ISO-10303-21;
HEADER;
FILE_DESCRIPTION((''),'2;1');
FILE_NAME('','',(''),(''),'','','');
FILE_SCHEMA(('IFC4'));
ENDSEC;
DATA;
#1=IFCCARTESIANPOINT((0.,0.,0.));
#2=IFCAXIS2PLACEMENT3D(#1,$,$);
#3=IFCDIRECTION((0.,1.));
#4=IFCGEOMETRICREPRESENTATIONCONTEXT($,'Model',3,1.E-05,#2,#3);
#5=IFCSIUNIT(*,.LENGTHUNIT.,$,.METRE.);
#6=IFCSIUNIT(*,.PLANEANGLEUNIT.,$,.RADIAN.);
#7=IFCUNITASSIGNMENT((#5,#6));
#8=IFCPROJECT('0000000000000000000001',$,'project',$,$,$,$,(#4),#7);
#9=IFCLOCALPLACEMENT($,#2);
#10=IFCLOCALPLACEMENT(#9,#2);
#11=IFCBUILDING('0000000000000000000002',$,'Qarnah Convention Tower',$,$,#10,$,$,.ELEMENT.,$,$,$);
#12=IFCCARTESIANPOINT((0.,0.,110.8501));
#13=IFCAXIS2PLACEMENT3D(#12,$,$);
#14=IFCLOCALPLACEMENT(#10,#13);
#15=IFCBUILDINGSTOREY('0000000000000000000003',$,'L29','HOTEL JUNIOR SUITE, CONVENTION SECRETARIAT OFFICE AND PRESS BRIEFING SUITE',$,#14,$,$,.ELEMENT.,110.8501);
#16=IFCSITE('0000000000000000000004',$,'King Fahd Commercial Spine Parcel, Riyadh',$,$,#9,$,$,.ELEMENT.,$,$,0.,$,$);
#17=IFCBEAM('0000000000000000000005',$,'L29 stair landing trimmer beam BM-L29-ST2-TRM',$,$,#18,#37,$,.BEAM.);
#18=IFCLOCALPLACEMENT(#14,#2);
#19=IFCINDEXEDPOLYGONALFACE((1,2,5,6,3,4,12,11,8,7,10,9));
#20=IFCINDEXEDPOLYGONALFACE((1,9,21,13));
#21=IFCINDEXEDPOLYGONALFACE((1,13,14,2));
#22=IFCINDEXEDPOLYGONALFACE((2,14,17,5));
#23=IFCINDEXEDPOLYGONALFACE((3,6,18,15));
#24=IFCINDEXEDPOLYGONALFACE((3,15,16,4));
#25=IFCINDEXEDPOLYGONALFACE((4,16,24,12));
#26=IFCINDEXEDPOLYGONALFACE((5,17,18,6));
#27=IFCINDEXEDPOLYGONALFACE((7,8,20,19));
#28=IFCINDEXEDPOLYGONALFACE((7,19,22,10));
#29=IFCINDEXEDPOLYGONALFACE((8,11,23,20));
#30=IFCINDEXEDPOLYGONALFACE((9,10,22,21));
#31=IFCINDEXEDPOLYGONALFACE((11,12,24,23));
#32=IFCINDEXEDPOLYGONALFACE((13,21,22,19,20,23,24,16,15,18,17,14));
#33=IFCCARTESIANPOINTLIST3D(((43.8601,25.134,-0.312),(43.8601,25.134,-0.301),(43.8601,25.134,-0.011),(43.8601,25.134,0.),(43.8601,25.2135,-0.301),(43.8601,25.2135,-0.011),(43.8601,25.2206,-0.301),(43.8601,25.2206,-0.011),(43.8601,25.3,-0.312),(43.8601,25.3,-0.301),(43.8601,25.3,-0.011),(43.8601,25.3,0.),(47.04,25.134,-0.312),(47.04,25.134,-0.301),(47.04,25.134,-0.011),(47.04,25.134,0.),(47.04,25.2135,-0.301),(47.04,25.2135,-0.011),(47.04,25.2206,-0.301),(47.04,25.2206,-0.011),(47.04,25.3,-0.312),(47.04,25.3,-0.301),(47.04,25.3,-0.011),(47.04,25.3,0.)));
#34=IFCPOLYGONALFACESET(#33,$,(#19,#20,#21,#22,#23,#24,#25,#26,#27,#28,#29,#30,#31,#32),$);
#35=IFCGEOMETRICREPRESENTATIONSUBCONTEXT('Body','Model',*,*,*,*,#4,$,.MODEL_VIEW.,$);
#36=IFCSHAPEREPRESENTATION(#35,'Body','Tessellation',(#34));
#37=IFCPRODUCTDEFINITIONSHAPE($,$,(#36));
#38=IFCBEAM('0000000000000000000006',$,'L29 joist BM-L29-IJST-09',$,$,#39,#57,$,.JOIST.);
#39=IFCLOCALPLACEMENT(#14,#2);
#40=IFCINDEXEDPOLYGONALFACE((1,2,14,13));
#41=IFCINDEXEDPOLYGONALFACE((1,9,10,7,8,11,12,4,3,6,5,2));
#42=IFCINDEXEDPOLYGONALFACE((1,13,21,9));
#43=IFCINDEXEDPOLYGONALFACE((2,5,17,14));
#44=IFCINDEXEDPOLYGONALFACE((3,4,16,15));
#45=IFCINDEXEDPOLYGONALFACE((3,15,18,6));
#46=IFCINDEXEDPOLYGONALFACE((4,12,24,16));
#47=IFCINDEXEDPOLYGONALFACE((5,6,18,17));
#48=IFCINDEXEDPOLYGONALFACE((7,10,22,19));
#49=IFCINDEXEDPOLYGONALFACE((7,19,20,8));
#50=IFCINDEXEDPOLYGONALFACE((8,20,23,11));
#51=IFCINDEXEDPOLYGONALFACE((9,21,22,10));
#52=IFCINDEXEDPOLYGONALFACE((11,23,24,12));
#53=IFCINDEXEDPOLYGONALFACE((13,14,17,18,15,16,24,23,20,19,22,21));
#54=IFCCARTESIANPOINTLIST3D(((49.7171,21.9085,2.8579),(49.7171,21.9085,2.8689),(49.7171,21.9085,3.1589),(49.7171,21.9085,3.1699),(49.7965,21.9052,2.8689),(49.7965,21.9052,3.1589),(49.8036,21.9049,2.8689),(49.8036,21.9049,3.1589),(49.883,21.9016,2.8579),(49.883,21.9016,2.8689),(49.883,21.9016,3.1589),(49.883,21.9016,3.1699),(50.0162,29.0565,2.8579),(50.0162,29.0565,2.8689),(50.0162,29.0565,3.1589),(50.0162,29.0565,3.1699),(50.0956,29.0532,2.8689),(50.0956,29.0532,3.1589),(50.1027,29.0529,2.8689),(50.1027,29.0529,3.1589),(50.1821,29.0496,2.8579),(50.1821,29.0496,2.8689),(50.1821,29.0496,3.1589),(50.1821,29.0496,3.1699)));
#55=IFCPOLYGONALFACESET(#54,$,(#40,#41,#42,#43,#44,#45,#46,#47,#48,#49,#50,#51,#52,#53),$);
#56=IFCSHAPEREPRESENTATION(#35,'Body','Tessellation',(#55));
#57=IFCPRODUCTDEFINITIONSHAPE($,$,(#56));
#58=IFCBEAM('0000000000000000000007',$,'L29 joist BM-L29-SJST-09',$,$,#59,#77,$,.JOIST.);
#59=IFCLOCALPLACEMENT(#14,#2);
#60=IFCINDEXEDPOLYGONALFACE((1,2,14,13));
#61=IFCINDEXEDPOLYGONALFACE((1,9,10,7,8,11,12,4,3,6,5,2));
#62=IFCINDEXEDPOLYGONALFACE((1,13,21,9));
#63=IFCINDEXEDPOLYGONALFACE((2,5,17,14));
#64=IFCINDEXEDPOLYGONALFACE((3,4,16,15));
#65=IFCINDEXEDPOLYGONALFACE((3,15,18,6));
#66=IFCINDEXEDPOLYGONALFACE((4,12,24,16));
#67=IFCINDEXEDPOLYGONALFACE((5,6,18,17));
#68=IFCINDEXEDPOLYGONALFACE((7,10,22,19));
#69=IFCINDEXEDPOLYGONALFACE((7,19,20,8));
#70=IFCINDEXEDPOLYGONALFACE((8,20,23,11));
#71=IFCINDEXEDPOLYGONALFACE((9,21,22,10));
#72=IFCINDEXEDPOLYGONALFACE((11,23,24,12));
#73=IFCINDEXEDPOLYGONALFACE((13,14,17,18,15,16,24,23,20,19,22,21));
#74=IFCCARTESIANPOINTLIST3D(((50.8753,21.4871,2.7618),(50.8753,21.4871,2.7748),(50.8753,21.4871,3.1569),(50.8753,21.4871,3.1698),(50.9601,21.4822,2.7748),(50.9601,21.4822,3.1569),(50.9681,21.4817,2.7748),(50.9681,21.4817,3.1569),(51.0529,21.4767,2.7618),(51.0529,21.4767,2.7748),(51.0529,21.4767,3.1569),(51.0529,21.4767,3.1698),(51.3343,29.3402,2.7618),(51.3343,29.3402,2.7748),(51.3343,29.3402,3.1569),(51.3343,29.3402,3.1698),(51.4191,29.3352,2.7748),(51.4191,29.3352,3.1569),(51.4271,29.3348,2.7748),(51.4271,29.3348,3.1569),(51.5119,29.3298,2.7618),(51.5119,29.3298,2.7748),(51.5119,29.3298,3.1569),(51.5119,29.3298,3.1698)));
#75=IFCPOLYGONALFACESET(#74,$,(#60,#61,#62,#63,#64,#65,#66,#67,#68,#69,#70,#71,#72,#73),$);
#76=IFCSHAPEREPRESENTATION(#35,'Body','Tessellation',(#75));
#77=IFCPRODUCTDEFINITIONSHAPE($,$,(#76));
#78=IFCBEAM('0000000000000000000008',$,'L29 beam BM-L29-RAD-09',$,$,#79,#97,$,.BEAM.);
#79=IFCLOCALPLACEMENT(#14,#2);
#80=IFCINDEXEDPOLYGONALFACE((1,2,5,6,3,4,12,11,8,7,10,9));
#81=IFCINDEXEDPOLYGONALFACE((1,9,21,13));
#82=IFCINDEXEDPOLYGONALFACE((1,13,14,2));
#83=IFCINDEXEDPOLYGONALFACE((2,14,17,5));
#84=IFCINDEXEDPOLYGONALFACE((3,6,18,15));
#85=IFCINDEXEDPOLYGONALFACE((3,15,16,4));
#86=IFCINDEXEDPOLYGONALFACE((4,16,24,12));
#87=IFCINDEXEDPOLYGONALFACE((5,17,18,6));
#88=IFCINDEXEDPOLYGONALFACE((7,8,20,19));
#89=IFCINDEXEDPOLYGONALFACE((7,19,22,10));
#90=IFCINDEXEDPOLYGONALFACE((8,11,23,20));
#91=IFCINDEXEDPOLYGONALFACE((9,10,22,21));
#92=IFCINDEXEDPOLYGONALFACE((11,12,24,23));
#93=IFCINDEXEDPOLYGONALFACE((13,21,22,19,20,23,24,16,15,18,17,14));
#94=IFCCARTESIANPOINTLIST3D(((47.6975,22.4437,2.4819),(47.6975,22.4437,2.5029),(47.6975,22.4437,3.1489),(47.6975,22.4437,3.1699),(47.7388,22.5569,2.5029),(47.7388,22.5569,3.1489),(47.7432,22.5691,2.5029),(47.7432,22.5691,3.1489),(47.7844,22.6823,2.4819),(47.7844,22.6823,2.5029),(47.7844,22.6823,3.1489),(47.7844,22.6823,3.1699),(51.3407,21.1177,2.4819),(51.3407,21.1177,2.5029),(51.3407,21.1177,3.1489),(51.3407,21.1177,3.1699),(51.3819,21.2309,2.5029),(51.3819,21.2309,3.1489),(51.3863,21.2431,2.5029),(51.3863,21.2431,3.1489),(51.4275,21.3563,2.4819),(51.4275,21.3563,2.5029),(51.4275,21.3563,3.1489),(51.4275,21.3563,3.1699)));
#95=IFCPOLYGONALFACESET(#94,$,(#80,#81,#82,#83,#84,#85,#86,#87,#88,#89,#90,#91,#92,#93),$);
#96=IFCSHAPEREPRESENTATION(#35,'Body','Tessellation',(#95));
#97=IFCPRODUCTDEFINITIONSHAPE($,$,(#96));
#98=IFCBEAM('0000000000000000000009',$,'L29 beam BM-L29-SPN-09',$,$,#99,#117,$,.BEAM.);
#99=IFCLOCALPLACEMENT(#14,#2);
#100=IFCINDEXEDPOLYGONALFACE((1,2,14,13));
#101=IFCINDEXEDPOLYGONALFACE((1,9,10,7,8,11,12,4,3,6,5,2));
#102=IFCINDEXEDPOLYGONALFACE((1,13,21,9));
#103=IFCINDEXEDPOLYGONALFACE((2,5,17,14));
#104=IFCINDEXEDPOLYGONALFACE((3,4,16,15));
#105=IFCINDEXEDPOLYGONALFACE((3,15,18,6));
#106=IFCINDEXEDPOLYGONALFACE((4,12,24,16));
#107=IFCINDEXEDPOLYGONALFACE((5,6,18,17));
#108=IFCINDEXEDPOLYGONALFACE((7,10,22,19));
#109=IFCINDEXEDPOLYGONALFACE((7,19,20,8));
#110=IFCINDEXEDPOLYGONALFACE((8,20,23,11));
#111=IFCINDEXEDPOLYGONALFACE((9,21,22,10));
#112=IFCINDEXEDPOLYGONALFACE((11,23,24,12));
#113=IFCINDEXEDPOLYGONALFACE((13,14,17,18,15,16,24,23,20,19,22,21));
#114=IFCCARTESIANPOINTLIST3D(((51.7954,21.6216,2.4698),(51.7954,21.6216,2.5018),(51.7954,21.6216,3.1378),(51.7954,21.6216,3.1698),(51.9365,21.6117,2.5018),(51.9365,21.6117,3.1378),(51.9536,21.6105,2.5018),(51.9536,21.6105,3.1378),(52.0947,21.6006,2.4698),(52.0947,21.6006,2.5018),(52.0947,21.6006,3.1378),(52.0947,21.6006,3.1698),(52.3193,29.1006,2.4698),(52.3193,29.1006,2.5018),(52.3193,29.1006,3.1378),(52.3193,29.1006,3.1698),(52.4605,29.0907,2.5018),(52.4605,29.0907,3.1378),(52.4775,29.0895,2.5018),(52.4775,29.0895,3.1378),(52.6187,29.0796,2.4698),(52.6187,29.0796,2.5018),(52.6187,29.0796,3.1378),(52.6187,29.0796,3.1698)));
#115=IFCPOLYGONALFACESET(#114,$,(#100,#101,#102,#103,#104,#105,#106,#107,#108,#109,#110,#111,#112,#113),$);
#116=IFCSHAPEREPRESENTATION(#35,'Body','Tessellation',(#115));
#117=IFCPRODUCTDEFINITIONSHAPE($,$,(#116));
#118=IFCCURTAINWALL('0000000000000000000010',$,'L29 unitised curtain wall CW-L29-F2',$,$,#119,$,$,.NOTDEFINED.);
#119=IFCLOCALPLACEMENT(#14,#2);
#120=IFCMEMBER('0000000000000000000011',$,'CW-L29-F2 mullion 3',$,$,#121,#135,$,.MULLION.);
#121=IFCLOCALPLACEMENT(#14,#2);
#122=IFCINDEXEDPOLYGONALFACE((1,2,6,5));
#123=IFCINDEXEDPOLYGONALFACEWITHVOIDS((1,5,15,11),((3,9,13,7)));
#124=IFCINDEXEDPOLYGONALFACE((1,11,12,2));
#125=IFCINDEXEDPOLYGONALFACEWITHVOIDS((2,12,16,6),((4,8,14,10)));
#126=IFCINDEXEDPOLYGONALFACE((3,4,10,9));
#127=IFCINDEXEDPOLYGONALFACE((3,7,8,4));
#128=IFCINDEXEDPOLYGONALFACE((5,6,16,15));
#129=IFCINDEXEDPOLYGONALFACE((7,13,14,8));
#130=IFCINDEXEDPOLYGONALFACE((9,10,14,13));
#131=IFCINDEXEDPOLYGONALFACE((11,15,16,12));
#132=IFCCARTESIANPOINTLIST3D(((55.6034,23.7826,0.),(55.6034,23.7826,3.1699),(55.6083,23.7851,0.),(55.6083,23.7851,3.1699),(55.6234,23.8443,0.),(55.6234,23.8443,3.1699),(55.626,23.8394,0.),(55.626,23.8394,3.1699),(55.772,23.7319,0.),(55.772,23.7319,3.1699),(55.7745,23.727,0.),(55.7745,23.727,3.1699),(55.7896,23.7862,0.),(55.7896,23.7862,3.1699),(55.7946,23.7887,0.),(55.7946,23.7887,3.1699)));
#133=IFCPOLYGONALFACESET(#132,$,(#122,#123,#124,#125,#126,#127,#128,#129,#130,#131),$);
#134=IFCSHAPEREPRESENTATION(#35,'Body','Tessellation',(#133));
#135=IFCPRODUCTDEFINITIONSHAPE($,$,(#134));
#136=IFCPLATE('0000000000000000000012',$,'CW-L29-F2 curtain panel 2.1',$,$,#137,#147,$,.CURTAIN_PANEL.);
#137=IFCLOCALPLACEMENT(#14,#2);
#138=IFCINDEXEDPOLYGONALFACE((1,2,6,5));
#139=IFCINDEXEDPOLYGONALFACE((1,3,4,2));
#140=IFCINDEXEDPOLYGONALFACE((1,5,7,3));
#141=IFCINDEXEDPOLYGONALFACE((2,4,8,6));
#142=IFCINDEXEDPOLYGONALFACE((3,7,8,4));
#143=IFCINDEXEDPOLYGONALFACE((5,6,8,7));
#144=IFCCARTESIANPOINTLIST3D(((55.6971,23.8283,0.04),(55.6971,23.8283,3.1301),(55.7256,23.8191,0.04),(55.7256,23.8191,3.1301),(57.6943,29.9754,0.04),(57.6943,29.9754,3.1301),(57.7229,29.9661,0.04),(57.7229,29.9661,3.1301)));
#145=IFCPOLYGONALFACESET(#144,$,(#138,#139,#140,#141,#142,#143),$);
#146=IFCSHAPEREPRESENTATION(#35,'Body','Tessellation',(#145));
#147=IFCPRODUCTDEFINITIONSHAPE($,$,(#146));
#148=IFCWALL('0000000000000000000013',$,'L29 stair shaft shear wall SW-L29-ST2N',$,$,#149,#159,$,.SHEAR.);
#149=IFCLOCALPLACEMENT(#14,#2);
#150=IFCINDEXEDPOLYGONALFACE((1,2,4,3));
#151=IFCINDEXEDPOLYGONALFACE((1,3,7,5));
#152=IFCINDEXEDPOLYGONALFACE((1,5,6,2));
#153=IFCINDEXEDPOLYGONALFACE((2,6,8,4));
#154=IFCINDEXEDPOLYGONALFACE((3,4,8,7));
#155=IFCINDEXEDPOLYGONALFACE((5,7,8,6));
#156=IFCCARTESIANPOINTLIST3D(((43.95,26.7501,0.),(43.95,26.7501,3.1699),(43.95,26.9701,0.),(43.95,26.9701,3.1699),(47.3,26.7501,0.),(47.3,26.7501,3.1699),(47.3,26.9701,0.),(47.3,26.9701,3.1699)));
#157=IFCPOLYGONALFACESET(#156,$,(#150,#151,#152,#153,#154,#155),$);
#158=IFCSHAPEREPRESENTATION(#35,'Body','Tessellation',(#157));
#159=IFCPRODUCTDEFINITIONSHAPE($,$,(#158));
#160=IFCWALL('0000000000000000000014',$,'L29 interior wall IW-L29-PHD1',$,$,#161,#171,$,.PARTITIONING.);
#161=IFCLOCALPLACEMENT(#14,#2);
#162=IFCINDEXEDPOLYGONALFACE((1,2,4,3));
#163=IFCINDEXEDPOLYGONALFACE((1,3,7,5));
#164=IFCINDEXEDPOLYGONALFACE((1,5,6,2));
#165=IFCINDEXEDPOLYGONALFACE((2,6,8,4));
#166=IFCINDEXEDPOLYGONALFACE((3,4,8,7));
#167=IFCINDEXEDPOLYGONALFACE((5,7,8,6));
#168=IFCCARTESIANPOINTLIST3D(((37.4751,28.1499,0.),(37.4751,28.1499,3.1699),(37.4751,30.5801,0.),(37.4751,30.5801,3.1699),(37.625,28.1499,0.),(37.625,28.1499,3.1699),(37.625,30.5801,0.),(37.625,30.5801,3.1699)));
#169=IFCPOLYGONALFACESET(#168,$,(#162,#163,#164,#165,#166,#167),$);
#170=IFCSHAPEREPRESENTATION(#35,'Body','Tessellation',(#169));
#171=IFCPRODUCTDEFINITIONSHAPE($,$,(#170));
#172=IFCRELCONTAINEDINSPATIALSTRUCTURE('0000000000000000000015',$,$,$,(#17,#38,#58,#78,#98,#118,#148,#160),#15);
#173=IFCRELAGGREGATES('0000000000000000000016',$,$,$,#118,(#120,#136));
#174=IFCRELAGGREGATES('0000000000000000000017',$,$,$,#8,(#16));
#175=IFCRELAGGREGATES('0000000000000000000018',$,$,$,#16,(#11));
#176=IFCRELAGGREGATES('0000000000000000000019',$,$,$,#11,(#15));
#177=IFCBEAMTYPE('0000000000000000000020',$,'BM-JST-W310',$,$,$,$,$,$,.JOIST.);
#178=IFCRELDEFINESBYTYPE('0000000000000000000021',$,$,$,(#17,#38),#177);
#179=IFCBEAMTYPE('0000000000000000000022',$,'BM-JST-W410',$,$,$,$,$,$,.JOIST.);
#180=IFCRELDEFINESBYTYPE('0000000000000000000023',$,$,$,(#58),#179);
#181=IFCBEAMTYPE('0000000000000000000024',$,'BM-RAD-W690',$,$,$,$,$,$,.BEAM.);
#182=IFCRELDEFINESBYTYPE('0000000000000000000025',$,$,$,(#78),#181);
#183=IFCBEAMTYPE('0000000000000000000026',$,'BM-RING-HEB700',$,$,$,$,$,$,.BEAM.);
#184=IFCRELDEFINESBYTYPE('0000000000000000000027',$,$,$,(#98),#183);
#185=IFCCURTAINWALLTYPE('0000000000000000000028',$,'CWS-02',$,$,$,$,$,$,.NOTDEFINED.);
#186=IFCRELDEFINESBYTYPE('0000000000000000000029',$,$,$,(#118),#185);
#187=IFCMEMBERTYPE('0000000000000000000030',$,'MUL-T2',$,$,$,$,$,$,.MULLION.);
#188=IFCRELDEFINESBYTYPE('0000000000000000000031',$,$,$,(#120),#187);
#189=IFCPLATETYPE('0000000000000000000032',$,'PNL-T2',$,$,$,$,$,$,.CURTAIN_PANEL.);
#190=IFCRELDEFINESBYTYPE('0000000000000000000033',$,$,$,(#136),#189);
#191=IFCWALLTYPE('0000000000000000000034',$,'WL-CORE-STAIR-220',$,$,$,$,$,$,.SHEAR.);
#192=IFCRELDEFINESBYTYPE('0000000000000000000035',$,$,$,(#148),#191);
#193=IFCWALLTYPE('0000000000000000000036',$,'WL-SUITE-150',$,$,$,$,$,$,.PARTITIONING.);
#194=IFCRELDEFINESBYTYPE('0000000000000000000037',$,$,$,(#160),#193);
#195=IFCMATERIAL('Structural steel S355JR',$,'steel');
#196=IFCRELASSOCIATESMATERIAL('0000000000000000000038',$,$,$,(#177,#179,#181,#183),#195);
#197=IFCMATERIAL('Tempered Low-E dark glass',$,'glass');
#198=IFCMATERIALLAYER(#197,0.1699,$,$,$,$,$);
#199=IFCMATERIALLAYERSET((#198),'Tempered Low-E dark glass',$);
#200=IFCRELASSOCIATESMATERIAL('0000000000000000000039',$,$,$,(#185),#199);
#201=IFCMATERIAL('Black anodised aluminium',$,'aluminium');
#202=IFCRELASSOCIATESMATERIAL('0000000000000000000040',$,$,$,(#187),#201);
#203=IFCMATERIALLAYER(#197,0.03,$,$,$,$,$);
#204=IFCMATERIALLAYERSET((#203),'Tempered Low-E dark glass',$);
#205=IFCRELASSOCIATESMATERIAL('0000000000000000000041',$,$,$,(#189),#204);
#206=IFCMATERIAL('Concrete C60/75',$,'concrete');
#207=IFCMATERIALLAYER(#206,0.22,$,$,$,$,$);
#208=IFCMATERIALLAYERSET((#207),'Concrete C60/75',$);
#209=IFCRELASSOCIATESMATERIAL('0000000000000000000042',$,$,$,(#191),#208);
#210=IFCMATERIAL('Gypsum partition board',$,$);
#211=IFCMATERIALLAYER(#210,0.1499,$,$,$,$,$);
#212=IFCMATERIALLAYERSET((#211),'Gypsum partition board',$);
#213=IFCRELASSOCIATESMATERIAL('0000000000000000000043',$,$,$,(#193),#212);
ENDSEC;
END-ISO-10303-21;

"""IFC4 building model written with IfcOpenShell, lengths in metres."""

from ifc_helpers import new_model, si_unit, direction, frame, frame_2d, origin, origin_2d, place, context, subcontext, project, spatial, rectangle, hollow_rectangle, i_section, extrude, material, layer, layer_set, material_profile, profile_set, type_object, element, aggregate, save


model = new_model("IFC4")

# Units and contexts
model_context = context("Model", 3, precision=1e-05, world=origin(), true_north=direction((0.0, 1.0)))
body_context = subcontext(model_context, "Body", "Model", "MODEL_VIEW")
ifc_project = project(units=[si_unit("LENGTHUNIT", "METRE"), si_unit("PLANEANGLEUNIT", "RADIAN")], contexts=[model_context])

# Site, building, storey
site_placement = place(None, origin())
site = spatial("IfcSite", under=ifc_project, at=site_placement, Name="King Fahd Commercial Spine Parcel, Riyadh", CompositionType="ELEMENT", RefElevation=0.0)
building_placement = place(site_placement, origin())
building = spatial("IfcBuilding", under=site, at=building_placement, Name="Qarnah Convention Tower", CompositionType="ELEMENT")
storey_placement = place(building_placement, frame((0.0, 0.0, 110.8501)))
storey = spatial("IfcBuildingStorey", under=building, at=storey_placement, Name="L29", Description="HOTEL JUNIOR SUITE, CONVENTION SECRETARIAT OFFICE AND PRESS BRIEFING SUITE", CompositionType="ELEMENT", Elevation=110.8501)

# Beams
ifc_material_1 = material(Name="Structural steel S355JR", Category="steel")
ifc_material_profile_1 = material_profile(ifc_material_1, i_section(OverallWidth=0.166, OverallDepth=0.312, WebThickness=0.0071, FlangeThickness=0.011, at=origin_2d()), Name="W310X45")
ifc_profile_set_1 = profile_set([ifc_material_profile_1], Name="Structural steel S355JR")
beam_type_1 = type_object("IfcBeamType", Name="BM-JST-W310", PredefinedType="JOIST", material=ifc_profile_set_1)
beam_1_placement = place(storey_placement, frame((43.8601, 25.217, -0.156), z_axis=(1.0, 0.0, 0.0), x_axis=(0.0, 1.0, 0.0)))
element("IfcBeam", 1, at=beam_1_placement, inside=storey, type_object=beam_type_1, Name="L29 stair landing trimmer beam BM-L29-ST2-TRM", PredefinedType="BEAM", context=body_context, shape_type="SweptSolid", body=[
    extrude(i_section(OverallWidth=0.166, OverallDepth=0.312, WebThickness=0.0071, FlangeThickness=0.011, at=origin_2d()), origin(), (0.0, 0.0, 1.0), 3.1799),
])
beam_2_placement = place(storey_placement, frame((49.8, 21.905, 3.0139), z_axis=(0.041804, 0.999126, 0.0), x_axis=(-0.999126, 0.041804, 0.0)))
element("IfcBeam", 2, at=beam_2_placement, inside=storey, type_object=beam_type_1, Name="L29 joist BM-L29-IJST-09", PredefinedType="JOIST", context=body_context, shape_type="SweptSolid", body=[
    extrude(i_section(OverallWidth=0.166, OverallDepth=0.312, WebThickness=0.0071, FlangeThickness=0.011, at=origin_2d()), origin(), (0.0, 0.0, 1.0), 7.1543),
])
ifc_material_profile_2 = material_profile(ifc_material_1, i_section(OverallWidth=0.178, OverallDepth=0.408, WebThickness=0.0081, FlangeThickness=0.0129, at=origin_2d()), Name="W410X60")
ifc_profile_set_2 = profile_set([ifc_material_profile_2], Name="Structural steel S355JR")
beam_type_2 = type_object("IfcBeamType", Name="BM-JST-W410", PredefinedType="JOIST", material=ifc_profile_set_2)
beam_3_placement = place(storey_placement, frame((50.9641, 21.4819, 2.9658), z_axis=(0.058347, 0.998296, 0.0), x_axis=(-0.998296, 0.058347, 0.0)))
element("IfcBeam", 3, at=beam_3_placement, inside=storey, type_object=beam_type_2, Name="L29 joist BM-L29-SJST-09", PredefinedType="JOIST", context=body_context, shape_type="SweptSolid", body=[
    extrude(i_section(OverallWidth=0.178, OverallDepth=0.408, WebThickness=0.0081, FlangeThickness=0.0129, at=origin_2d()), origin(), (0.0, 0.0, 1.0), 7.8665),
])
ifc_material_profile_3 = material_profile(ifc_material_1, i_section(OverallWidth=0.2539, OverallDepth=0.688, WebThickness=0.0129, FlangeThickness=0.021, at=origin_2d()), Name="W690X152")
ifc_profile_set_3 = profile_set([ifc_material_profile_3], Name="Structural steel S355JR")
beam_type_3 = type_object("IfcBeamType", Name="BM-RAD-W690", PredefinedType="BEAM", material=ifc_profile_set_3)
beam_4_placement = place(storey_placement, frame((47.741, 22.563, 2.8259), z_axis=(0.939696, -0.342011, 0.0), x_axis=(0.342011, 0.939696, 0.0)))
element("IfcBeam", 4, at=beam_4_placement, inside=storey, type_object=beam_type_3, Name="L29 beam BM-L29-RAD-09", PredefinedType="BEAM", context=body_context, shape_type="SweptSolid", body=[
    extrude(i_section(OverallWidth=0.2539, OverallDepth=0.688, WebThickness=0.0129, FlangeThickness=0.021, at=origin_2d()), origin(), (0.0, 0.0, 1.0), 3.877),
])
ifc_material_profile_4 = material_profile(ifc_material_1, i_section(OverallWidth=0.3, OverallDepth=0.7, WebThickness=0.0171, FlangeThickness=0.032, at=origin_2d()), Name="HEB700")
ifc_profile_set_4 = profile_set([ifc_material_profile_4], Name="Structural steel S355JR")
beam_type_4 = type_object("IfcBeamType", Name="BM-RING-HEB700", PredefinedType="BEAM", material=ifc_profile_set_4)
beam_5_placement = place(storey_placement, frame((51.9451, 21.6111, 2.8198), z_axis=(0.069882, 0.997555, 0.0), x_axis=(-0.997555, 0.069882, 0.0)))
element("IfcBeam", 5, at=beam_5_placement, inside=storey, type_object=beam_type_4, Name="L29 beam BM-L29-SPN-09", PredefinedType="BEAM", context=body_context, shape_type="SweptSolid", body=[
    extrude(i_section(OverallWidth=0.3, OverallDepth=0.7, WebThickness=0.0171, FlangeThickness=0.032, at=origin_2d()), origin(), (0.0, 0.0, 1.0), 7.4973),
])

# Curtain wall, member, plate
ifc_material_2 = material(Name="Tempered Low-E dark glass", Category="glass")
ifc_layer_1 = layer(ifc_material_2, 0.1699)
ifc_layer_set_1 = layer_set([ifc_layer_1], Name="Tempered Low-E dark glass")
curtain_wall_type = type_object("IfcCurtainWallType", Name="CWS-02", PredefinedType="NOTDEFINED", material=ifc_layer_set_1)
curtain_wall_placement = place(storey_placement, origin())
curtain_wall = element("IfcCurtainWall", 6, at=curtain_wall_placement, inside=storey, type_object=curtain_wall_type, Name="L29 unitised curtain wall CW-L29-F2", PredefinedType="NOTDEFINED")
ifc_material_3 = material(Name="Black anodised aluminium", Category="aluminium")
ifc_material_profile_5 = material_profile(ifc_material_3, hollow_rectangle(XDim=0.0649, YDim=0.1799, WallThickness=0.0039, at=origin_2d()), Name="MUL-65X180")
ifc_profile_set_5 = profile_set([ifc_material_profile_5], Name="Black anodised aluminium")
member_type = type_object("IfcMemberType", Name="MUL-T2", PredefinedType="MULLION", material=ifc_profile_set_5)
member_placement = place(storey_placement, frame((55.699, 23.7856, 0.0), z_axis=(0.0, 0.0, 1.0), x_axis=(-0.309011, -0.951058, 0.0)))
member = element("IfcMember", 7, at=member_placement, type_object=member_type, Name="CW-L29-F2 mullion 3", PredefinedType="MULLION", context=body_context, shape_type="SweptSolid", body=[
    extrude(hollow_rectangle(XDim=0.0649, YDim=0.1799, WallThickness=0.0039, at=origin_2d()), origin(), (0.0, 0.0, 1.0), 3.1699),
])
ifc_layer_2 = layer(ifc_material_2, 0.03)
ifc_layer_set_2 = layer_set([ifc_layer_2], Name="Tempered Low-E dark glass")
plate_type = type_object("IfcPlateType", Name="PNL-T2", PredefinedType="CURTAIN_PANEL", material=ifc_layer_set_2)
plate_placement = place(storey_placement, frame((56.71, 26.8972, 0.04), z_axis=(0.0, 0.0, 1.0), x_axis=(-0.309011, -0.951058, 0.0)))
plate = element("IfcPlate", 8, at=plate_placement, type_object=plate_type, Name="CW-L29-F2 curtain panel 2.1", PredefinedType="CURTAIN_PANEL", context=body_context, shape_type="SweptSolid", body=[
    extrude(rectangle(XDim=6.4634, YDim=0.03, at=origin_2d()), origin(), (0.0, 0.0, 1.0), 3.0901),
])
aggregate(curtain_wall, [member, plate])

# Walls
ifc_material_4 = material(Name="Concrete C60/75", Category="concrete")
ifc_layer_3 = layer(ifc_material_4, 0.22)
ifc_layer_set_3 = layer_set([ifc_layer_3], Name="Concrete C60/75")
wall_type_1 = type_object("IfcWallType", Name="WL-CORE-STAIR-220", PredefinedType="SHEAR", material=ifc_layer_set_3)
wall_1_placement = place(storey_placement, frame((43.95, 26.8601, 0.0), z_axis=(0.0, 0.0, 1.0), x_axis=(1.0, 0.0, 0.0)))
element("IfcWall", 9, at=wall_1_placement, inside=storey, type_object=wall_type_1, Name="L29 stair shaft shear wall SW-L29-ST2N", PredefinedType="SHEAR", context=body_context, shape_type="SweptSolid", body=[
    extrude(rectangle(XDim=3.3501, YDim=0.22, at=frame_2d((1.675, 0.0))), origin(), (0.0, 0.0, 1.0), 3.1699),
])
ifc_material_5 = material(Name="Gypsum partition board")
ifc_layer_4 = layer(ifc_material_5, 0.1499)
ifc_layer_set_4 = layer_set([ifc_layer_4], Name="Gypsum partition board")
wall_type_2 = type_object("IfcWallType", Name="WL-SUITE-150", PredefinedType="PARTITIONING", material=ifc_layer_set_4)
for number, where, z_axis, x_axis, name in (
    (10, (37.55, 28.1499, 0.0), (0.0, 0.0, 1.0), (0.0, 1.0, 0.0), "L29 interior wall IW-L29-PHD1"),
):
    element("IfcWall", number, at=place(storey_placement, frame(where, z_axis=z_axis, x_axis=x_axis)), inside=storey, type_object=wall_type_2, Name=name, PredefinedType="PARTITIONING", context=body_context, shape_type="SweptSolid", body=[
        extrude(rectangle(XDim=2.4302, YDim=0.1499, at=frame_2d((1.2151, 0.0))), origin(), (0.0, 0.0, 1.0), 3.1699),
    ])

save(model, "model.ifc")
